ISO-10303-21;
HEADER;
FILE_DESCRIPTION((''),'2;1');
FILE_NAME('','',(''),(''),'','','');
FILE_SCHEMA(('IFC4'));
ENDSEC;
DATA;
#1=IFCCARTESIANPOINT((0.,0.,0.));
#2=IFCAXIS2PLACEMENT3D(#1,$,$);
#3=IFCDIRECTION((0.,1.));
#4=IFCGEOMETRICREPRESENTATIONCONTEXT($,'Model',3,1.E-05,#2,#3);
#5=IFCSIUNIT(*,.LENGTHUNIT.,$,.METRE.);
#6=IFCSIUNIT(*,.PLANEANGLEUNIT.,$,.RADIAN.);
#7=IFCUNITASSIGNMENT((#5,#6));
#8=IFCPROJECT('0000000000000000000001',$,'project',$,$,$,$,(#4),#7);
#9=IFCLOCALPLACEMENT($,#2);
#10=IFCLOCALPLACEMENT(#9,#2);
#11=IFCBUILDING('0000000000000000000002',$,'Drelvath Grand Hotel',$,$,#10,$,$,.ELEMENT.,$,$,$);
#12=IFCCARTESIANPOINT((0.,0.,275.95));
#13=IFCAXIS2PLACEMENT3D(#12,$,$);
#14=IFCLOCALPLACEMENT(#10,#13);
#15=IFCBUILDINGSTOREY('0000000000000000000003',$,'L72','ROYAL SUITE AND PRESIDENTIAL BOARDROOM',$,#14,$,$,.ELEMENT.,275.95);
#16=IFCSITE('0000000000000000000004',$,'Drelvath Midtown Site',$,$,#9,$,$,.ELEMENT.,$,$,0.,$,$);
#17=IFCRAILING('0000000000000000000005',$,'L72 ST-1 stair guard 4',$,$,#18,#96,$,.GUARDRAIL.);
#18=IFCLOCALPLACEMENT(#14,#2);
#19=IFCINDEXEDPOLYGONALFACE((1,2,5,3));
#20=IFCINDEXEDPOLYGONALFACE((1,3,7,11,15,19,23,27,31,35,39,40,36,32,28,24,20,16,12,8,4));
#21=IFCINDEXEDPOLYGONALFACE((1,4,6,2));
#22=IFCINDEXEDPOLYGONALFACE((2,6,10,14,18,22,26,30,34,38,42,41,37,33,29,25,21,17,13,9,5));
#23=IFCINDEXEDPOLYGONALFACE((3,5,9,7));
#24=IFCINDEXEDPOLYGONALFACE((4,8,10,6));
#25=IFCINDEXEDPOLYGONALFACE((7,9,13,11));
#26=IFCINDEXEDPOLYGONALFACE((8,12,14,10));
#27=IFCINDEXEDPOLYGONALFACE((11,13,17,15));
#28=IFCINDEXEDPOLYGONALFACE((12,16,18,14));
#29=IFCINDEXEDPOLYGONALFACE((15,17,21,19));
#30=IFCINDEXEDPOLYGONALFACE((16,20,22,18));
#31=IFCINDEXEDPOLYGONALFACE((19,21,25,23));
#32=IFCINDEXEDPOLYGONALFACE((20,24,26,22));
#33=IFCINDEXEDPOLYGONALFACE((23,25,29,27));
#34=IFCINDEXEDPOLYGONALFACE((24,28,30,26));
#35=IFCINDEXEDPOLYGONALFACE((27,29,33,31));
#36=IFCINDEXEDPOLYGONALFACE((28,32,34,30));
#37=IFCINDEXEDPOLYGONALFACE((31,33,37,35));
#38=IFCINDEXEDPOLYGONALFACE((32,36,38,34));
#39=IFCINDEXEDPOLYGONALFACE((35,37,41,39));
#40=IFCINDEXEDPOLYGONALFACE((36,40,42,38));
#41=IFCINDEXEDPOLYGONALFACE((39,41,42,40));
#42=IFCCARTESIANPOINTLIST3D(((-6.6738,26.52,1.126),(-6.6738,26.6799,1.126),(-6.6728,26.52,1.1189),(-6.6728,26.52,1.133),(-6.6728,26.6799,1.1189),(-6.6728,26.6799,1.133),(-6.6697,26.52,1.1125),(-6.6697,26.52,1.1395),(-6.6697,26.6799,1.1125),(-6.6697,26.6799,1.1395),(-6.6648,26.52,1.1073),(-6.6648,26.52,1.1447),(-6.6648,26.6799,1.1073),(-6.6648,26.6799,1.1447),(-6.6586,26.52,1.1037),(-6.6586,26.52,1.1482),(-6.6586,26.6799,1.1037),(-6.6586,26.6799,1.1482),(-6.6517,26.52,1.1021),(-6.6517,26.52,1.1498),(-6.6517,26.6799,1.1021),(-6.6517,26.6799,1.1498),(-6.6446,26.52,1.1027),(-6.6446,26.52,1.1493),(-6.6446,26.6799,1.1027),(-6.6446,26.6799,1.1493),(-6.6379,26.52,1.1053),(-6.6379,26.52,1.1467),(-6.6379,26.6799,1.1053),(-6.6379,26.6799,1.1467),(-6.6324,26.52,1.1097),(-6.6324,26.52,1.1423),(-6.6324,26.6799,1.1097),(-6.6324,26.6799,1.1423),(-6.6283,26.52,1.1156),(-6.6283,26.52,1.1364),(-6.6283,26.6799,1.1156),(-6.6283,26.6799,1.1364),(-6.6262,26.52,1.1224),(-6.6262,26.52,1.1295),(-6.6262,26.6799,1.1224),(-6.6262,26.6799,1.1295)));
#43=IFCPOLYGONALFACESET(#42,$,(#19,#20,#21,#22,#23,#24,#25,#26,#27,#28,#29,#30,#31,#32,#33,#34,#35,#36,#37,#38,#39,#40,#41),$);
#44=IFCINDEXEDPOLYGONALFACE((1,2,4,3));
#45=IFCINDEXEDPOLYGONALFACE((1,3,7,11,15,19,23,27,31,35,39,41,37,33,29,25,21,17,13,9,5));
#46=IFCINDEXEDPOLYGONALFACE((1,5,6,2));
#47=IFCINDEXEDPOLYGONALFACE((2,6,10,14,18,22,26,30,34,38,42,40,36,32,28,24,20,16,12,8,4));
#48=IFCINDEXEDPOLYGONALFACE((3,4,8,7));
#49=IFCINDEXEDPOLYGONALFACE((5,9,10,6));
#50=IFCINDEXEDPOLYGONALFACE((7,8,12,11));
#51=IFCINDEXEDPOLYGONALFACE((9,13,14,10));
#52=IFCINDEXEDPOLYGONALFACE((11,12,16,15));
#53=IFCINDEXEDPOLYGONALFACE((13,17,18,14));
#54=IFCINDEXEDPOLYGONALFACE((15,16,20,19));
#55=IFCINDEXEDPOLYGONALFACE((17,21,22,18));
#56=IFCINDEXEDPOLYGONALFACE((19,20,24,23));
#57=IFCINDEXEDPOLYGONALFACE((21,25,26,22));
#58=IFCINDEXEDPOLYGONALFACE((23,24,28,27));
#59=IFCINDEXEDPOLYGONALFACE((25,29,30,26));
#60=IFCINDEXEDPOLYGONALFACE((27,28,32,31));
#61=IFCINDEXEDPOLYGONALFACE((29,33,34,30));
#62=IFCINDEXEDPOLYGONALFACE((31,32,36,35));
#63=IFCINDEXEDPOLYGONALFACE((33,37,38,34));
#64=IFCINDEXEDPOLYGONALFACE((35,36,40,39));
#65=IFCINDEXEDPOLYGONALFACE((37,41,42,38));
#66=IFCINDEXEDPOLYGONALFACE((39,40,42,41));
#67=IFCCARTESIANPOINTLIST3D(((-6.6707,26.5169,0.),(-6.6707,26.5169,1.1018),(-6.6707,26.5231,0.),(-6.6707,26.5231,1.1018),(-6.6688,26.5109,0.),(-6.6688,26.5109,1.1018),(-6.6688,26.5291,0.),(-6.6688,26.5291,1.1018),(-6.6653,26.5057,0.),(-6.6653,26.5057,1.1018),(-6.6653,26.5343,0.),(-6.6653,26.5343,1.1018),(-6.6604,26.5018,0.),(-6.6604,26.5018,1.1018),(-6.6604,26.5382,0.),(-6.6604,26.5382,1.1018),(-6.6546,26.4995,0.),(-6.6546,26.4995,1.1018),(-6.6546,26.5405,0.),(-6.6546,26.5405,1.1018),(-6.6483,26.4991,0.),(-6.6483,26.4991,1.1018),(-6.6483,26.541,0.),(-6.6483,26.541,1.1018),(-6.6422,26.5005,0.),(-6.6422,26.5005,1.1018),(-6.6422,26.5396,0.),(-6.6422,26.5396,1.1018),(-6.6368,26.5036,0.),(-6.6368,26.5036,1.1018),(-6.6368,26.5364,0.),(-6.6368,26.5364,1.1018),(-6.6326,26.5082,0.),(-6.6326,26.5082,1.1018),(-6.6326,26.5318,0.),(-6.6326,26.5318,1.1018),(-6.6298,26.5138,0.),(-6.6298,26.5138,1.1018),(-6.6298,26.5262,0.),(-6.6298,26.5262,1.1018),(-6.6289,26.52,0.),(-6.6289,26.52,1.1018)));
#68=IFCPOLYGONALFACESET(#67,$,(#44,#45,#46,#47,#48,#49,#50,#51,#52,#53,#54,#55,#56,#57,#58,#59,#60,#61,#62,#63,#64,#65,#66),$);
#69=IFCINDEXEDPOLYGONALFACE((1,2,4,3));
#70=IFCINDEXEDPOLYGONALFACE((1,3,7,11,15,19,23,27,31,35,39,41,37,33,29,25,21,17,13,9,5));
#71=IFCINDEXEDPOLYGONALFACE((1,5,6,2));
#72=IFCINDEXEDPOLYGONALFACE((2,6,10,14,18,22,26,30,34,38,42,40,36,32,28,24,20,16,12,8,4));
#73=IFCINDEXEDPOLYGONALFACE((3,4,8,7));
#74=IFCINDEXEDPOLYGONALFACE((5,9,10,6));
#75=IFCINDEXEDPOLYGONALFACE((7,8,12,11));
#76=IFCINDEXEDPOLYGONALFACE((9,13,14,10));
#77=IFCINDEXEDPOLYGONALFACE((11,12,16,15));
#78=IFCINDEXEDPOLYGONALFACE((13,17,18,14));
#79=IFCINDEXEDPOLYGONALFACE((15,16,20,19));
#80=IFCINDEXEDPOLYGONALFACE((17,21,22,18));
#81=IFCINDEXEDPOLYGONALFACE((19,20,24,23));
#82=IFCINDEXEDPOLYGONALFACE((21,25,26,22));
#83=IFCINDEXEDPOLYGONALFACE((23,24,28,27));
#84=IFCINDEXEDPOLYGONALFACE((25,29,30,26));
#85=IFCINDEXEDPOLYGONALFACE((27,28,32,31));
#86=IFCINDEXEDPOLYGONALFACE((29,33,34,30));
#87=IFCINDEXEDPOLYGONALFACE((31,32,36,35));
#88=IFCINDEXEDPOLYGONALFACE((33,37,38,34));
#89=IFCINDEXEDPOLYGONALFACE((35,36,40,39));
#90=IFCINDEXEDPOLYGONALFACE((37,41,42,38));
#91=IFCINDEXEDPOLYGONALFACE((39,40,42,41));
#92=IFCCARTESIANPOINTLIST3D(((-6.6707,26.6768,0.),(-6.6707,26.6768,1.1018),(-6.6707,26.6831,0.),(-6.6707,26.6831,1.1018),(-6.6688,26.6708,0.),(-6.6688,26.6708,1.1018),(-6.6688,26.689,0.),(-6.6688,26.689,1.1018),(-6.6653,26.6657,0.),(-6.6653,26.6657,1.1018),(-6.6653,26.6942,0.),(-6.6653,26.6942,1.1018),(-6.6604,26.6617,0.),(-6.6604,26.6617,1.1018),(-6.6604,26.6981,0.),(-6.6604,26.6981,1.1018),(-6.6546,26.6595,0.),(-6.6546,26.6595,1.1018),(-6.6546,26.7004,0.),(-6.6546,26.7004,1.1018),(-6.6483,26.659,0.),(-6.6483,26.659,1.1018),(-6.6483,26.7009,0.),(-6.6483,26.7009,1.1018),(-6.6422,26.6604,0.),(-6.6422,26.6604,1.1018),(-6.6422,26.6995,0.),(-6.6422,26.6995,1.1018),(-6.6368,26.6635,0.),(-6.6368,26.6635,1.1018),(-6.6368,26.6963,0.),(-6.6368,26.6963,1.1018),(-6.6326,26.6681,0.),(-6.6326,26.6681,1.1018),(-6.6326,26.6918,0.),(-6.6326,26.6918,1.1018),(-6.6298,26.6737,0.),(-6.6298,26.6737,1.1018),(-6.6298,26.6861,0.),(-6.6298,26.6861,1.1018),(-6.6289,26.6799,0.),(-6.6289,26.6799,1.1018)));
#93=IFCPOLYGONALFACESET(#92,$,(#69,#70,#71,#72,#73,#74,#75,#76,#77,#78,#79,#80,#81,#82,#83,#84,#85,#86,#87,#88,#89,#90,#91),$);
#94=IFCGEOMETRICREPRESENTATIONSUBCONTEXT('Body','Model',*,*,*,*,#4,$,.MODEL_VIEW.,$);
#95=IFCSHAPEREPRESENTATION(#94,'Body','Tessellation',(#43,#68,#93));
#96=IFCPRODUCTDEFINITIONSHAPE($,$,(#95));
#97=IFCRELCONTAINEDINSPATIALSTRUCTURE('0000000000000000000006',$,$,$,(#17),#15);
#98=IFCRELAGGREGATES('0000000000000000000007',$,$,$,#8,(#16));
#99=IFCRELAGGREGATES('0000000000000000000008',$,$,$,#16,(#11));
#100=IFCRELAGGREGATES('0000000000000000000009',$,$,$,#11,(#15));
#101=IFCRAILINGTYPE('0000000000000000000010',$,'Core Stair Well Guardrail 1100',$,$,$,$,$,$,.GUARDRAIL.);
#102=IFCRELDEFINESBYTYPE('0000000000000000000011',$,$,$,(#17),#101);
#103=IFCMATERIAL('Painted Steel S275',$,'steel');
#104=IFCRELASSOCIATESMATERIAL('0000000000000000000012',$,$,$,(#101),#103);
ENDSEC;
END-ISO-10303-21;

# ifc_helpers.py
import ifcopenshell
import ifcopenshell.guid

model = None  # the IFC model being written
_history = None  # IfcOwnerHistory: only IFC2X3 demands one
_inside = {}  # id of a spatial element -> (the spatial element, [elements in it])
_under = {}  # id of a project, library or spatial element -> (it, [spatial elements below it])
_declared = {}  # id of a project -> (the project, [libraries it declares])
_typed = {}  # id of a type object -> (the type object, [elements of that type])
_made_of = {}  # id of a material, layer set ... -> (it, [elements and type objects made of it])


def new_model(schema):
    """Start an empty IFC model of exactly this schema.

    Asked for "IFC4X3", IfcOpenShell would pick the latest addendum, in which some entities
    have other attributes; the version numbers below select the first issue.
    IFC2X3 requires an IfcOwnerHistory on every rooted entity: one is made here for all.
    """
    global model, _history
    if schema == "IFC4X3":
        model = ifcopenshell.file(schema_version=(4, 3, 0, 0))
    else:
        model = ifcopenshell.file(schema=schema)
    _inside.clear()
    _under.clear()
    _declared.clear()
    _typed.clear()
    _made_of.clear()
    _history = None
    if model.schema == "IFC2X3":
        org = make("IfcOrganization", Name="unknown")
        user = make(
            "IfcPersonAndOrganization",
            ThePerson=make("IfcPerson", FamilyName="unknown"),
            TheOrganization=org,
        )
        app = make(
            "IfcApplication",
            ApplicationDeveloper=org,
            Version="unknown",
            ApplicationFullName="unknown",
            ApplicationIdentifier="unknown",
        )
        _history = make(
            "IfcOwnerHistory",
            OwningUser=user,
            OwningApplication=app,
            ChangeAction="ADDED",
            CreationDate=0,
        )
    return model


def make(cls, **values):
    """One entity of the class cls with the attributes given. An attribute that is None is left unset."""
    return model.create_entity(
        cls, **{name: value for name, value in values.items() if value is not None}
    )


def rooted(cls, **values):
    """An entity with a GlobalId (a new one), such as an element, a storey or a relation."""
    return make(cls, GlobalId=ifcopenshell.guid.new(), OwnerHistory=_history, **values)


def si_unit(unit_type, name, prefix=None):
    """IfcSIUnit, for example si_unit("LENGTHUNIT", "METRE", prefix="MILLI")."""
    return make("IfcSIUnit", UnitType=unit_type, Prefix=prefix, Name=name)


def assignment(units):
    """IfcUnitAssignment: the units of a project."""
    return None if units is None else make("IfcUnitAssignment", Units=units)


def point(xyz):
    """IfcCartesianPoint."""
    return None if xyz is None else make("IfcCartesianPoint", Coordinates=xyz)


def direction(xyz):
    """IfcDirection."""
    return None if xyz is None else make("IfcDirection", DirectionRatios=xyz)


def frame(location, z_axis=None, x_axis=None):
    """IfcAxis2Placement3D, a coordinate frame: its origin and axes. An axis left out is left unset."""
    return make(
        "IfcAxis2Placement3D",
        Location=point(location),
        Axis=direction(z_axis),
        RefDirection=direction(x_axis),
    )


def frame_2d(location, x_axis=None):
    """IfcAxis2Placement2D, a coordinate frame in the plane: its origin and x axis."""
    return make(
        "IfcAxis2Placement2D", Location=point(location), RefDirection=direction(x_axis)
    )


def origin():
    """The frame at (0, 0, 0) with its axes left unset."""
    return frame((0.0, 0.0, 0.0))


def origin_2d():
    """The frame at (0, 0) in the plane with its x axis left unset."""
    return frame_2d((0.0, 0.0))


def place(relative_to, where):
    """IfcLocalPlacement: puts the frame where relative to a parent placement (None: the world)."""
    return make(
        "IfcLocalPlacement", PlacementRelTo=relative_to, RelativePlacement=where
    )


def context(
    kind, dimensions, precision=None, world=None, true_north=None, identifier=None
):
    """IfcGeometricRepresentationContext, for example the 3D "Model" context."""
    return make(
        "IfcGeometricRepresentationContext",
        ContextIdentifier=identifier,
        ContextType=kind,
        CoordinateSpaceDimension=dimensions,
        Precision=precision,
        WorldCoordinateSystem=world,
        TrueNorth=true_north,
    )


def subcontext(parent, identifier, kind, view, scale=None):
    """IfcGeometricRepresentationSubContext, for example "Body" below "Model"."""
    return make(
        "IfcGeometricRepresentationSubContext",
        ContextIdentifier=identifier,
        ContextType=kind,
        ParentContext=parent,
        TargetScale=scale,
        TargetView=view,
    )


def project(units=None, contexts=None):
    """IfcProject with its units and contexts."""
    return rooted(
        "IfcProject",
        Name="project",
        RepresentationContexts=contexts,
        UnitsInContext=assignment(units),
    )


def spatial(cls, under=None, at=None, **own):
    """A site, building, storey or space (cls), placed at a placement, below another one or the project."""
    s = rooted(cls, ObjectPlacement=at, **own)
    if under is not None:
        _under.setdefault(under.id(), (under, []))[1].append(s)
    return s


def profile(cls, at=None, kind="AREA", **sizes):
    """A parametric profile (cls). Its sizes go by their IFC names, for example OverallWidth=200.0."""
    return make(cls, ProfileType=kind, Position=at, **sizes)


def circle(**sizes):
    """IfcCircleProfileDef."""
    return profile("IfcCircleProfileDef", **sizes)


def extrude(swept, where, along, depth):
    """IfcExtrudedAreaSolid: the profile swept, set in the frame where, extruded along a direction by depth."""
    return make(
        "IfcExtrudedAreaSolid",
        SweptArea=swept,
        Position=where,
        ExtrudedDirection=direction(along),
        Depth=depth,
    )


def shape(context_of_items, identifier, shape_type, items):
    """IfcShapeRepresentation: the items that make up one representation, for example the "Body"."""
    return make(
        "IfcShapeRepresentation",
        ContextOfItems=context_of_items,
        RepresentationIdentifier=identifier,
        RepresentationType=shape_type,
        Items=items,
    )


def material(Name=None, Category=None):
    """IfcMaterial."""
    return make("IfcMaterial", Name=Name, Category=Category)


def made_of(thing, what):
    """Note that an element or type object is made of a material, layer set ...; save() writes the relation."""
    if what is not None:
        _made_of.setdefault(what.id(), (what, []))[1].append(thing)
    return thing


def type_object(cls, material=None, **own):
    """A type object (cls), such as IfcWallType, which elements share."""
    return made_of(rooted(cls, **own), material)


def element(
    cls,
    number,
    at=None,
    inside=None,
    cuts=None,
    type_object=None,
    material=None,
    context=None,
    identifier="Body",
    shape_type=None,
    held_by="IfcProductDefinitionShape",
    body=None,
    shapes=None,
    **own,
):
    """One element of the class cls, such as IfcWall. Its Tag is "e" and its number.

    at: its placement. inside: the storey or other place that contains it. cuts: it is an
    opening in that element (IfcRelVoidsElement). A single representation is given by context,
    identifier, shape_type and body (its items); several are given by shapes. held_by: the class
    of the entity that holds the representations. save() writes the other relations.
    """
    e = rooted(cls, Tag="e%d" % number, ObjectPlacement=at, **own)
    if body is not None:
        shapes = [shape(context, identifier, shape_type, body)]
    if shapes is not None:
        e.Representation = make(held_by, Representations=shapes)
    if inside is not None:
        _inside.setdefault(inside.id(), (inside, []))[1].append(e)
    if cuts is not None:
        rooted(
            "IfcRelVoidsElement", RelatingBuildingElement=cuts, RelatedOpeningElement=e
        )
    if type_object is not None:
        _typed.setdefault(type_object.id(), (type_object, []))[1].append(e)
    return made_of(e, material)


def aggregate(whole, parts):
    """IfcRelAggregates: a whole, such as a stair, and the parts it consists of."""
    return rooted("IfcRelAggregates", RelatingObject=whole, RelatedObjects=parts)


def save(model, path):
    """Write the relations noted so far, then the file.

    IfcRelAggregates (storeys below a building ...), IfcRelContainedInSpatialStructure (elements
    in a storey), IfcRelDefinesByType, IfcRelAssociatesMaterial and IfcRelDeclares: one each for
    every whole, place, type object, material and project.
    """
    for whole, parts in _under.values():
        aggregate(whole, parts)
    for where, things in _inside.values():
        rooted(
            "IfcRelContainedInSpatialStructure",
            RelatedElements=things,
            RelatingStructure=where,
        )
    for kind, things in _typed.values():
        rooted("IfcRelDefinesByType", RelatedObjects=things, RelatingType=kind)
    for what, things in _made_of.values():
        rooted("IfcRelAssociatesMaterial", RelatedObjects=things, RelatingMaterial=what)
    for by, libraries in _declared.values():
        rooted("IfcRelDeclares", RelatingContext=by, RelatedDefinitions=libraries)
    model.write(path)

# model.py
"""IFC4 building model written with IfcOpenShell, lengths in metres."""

from ifc_helpers import new_model, si_unit, direction, frame, origin, origin_2d, place, context, subcontext, project, spatial, circle, extrude, material, type_object, element, save


model = new_model("IFC4")

# Units and contexts
model_context = context("Model", 3, precision=1e-05, world=origin(), true_north=direction((0.0, 1.0)))
body_context = subcontext(model_context, "Body", "Model", "MODEL_VIEW")
ifc_project = project(units=[si_unit("LENGTHUNIT", "METRE"), si_unit("PLANEANGLEUNIT", "RADIAN")], contexts=[model_context])

# Site, building, storey
site_placement = place(None, origin())
site = spatial("IfcSite", under=ifc_project, at=site_placement, Name="Drelvath Midtown Site", CompositionType="ELEMENT", RefElevation=0.0)
building_placement = place(site_placement, origin())
building = spatial("IfcBuilding", under=site, at=building_placement, Name="Drelvath Grand Hotel", CompositionType="ELEMENT")
storey_placement = place(building_placement, frame((0.0, 0.0, 275.95)))
storey = spatial("IfcBuildingStorey", under=building, at=storey_placement, Name="L72", Description="ROYAL SUITE AND PRESIDENTIAL BOARDROOM", CompositionType="ELEMENT", Elevation=275.95)

# Shared definitions
ifc_material_1 = material(Name="Painted Steel S275", Category="steel")

# Railing
railing_type_1 = type_object("IfcRailingType", Name="Core Stair Well Guardrail 1100", PredefinedType="GUARDRAIL", material=ifc_material_1)
railing_1_placement = place(storey_placement, frame((-6.6499, 26.52, 0.0)))
element("IfcRailing", 1, at=railing_1_placement, inside=storey, type_object=railing_type_1, Name="L72 ST-1 stair guard 4", PredefinedType="GUARDRAIL", context=body_context, shape_type="SweptSolid", body=[
    extrude(circle(Radius=0.0239, at=origin_2d()), frame((0.0, 0.0, 1.126), z_axis=(0.0, 1.0, 0.0), x_axis=(-1.0, 0.0, 0.0)), (0.0, 0.0, 1.0), 0.1599),
    extrude(circle(Radius=0.021, at=origin_2d()), origin(), (0.0, 0.0, 1.0), 1.1018),
    extrude(circle(Radius=0.021, at=origin_2d()), frame((0.0, 0.1599, 0.0)), (0.0, 0.0, 1.0), 1.1018),
])

save(model, "model.ifc")
